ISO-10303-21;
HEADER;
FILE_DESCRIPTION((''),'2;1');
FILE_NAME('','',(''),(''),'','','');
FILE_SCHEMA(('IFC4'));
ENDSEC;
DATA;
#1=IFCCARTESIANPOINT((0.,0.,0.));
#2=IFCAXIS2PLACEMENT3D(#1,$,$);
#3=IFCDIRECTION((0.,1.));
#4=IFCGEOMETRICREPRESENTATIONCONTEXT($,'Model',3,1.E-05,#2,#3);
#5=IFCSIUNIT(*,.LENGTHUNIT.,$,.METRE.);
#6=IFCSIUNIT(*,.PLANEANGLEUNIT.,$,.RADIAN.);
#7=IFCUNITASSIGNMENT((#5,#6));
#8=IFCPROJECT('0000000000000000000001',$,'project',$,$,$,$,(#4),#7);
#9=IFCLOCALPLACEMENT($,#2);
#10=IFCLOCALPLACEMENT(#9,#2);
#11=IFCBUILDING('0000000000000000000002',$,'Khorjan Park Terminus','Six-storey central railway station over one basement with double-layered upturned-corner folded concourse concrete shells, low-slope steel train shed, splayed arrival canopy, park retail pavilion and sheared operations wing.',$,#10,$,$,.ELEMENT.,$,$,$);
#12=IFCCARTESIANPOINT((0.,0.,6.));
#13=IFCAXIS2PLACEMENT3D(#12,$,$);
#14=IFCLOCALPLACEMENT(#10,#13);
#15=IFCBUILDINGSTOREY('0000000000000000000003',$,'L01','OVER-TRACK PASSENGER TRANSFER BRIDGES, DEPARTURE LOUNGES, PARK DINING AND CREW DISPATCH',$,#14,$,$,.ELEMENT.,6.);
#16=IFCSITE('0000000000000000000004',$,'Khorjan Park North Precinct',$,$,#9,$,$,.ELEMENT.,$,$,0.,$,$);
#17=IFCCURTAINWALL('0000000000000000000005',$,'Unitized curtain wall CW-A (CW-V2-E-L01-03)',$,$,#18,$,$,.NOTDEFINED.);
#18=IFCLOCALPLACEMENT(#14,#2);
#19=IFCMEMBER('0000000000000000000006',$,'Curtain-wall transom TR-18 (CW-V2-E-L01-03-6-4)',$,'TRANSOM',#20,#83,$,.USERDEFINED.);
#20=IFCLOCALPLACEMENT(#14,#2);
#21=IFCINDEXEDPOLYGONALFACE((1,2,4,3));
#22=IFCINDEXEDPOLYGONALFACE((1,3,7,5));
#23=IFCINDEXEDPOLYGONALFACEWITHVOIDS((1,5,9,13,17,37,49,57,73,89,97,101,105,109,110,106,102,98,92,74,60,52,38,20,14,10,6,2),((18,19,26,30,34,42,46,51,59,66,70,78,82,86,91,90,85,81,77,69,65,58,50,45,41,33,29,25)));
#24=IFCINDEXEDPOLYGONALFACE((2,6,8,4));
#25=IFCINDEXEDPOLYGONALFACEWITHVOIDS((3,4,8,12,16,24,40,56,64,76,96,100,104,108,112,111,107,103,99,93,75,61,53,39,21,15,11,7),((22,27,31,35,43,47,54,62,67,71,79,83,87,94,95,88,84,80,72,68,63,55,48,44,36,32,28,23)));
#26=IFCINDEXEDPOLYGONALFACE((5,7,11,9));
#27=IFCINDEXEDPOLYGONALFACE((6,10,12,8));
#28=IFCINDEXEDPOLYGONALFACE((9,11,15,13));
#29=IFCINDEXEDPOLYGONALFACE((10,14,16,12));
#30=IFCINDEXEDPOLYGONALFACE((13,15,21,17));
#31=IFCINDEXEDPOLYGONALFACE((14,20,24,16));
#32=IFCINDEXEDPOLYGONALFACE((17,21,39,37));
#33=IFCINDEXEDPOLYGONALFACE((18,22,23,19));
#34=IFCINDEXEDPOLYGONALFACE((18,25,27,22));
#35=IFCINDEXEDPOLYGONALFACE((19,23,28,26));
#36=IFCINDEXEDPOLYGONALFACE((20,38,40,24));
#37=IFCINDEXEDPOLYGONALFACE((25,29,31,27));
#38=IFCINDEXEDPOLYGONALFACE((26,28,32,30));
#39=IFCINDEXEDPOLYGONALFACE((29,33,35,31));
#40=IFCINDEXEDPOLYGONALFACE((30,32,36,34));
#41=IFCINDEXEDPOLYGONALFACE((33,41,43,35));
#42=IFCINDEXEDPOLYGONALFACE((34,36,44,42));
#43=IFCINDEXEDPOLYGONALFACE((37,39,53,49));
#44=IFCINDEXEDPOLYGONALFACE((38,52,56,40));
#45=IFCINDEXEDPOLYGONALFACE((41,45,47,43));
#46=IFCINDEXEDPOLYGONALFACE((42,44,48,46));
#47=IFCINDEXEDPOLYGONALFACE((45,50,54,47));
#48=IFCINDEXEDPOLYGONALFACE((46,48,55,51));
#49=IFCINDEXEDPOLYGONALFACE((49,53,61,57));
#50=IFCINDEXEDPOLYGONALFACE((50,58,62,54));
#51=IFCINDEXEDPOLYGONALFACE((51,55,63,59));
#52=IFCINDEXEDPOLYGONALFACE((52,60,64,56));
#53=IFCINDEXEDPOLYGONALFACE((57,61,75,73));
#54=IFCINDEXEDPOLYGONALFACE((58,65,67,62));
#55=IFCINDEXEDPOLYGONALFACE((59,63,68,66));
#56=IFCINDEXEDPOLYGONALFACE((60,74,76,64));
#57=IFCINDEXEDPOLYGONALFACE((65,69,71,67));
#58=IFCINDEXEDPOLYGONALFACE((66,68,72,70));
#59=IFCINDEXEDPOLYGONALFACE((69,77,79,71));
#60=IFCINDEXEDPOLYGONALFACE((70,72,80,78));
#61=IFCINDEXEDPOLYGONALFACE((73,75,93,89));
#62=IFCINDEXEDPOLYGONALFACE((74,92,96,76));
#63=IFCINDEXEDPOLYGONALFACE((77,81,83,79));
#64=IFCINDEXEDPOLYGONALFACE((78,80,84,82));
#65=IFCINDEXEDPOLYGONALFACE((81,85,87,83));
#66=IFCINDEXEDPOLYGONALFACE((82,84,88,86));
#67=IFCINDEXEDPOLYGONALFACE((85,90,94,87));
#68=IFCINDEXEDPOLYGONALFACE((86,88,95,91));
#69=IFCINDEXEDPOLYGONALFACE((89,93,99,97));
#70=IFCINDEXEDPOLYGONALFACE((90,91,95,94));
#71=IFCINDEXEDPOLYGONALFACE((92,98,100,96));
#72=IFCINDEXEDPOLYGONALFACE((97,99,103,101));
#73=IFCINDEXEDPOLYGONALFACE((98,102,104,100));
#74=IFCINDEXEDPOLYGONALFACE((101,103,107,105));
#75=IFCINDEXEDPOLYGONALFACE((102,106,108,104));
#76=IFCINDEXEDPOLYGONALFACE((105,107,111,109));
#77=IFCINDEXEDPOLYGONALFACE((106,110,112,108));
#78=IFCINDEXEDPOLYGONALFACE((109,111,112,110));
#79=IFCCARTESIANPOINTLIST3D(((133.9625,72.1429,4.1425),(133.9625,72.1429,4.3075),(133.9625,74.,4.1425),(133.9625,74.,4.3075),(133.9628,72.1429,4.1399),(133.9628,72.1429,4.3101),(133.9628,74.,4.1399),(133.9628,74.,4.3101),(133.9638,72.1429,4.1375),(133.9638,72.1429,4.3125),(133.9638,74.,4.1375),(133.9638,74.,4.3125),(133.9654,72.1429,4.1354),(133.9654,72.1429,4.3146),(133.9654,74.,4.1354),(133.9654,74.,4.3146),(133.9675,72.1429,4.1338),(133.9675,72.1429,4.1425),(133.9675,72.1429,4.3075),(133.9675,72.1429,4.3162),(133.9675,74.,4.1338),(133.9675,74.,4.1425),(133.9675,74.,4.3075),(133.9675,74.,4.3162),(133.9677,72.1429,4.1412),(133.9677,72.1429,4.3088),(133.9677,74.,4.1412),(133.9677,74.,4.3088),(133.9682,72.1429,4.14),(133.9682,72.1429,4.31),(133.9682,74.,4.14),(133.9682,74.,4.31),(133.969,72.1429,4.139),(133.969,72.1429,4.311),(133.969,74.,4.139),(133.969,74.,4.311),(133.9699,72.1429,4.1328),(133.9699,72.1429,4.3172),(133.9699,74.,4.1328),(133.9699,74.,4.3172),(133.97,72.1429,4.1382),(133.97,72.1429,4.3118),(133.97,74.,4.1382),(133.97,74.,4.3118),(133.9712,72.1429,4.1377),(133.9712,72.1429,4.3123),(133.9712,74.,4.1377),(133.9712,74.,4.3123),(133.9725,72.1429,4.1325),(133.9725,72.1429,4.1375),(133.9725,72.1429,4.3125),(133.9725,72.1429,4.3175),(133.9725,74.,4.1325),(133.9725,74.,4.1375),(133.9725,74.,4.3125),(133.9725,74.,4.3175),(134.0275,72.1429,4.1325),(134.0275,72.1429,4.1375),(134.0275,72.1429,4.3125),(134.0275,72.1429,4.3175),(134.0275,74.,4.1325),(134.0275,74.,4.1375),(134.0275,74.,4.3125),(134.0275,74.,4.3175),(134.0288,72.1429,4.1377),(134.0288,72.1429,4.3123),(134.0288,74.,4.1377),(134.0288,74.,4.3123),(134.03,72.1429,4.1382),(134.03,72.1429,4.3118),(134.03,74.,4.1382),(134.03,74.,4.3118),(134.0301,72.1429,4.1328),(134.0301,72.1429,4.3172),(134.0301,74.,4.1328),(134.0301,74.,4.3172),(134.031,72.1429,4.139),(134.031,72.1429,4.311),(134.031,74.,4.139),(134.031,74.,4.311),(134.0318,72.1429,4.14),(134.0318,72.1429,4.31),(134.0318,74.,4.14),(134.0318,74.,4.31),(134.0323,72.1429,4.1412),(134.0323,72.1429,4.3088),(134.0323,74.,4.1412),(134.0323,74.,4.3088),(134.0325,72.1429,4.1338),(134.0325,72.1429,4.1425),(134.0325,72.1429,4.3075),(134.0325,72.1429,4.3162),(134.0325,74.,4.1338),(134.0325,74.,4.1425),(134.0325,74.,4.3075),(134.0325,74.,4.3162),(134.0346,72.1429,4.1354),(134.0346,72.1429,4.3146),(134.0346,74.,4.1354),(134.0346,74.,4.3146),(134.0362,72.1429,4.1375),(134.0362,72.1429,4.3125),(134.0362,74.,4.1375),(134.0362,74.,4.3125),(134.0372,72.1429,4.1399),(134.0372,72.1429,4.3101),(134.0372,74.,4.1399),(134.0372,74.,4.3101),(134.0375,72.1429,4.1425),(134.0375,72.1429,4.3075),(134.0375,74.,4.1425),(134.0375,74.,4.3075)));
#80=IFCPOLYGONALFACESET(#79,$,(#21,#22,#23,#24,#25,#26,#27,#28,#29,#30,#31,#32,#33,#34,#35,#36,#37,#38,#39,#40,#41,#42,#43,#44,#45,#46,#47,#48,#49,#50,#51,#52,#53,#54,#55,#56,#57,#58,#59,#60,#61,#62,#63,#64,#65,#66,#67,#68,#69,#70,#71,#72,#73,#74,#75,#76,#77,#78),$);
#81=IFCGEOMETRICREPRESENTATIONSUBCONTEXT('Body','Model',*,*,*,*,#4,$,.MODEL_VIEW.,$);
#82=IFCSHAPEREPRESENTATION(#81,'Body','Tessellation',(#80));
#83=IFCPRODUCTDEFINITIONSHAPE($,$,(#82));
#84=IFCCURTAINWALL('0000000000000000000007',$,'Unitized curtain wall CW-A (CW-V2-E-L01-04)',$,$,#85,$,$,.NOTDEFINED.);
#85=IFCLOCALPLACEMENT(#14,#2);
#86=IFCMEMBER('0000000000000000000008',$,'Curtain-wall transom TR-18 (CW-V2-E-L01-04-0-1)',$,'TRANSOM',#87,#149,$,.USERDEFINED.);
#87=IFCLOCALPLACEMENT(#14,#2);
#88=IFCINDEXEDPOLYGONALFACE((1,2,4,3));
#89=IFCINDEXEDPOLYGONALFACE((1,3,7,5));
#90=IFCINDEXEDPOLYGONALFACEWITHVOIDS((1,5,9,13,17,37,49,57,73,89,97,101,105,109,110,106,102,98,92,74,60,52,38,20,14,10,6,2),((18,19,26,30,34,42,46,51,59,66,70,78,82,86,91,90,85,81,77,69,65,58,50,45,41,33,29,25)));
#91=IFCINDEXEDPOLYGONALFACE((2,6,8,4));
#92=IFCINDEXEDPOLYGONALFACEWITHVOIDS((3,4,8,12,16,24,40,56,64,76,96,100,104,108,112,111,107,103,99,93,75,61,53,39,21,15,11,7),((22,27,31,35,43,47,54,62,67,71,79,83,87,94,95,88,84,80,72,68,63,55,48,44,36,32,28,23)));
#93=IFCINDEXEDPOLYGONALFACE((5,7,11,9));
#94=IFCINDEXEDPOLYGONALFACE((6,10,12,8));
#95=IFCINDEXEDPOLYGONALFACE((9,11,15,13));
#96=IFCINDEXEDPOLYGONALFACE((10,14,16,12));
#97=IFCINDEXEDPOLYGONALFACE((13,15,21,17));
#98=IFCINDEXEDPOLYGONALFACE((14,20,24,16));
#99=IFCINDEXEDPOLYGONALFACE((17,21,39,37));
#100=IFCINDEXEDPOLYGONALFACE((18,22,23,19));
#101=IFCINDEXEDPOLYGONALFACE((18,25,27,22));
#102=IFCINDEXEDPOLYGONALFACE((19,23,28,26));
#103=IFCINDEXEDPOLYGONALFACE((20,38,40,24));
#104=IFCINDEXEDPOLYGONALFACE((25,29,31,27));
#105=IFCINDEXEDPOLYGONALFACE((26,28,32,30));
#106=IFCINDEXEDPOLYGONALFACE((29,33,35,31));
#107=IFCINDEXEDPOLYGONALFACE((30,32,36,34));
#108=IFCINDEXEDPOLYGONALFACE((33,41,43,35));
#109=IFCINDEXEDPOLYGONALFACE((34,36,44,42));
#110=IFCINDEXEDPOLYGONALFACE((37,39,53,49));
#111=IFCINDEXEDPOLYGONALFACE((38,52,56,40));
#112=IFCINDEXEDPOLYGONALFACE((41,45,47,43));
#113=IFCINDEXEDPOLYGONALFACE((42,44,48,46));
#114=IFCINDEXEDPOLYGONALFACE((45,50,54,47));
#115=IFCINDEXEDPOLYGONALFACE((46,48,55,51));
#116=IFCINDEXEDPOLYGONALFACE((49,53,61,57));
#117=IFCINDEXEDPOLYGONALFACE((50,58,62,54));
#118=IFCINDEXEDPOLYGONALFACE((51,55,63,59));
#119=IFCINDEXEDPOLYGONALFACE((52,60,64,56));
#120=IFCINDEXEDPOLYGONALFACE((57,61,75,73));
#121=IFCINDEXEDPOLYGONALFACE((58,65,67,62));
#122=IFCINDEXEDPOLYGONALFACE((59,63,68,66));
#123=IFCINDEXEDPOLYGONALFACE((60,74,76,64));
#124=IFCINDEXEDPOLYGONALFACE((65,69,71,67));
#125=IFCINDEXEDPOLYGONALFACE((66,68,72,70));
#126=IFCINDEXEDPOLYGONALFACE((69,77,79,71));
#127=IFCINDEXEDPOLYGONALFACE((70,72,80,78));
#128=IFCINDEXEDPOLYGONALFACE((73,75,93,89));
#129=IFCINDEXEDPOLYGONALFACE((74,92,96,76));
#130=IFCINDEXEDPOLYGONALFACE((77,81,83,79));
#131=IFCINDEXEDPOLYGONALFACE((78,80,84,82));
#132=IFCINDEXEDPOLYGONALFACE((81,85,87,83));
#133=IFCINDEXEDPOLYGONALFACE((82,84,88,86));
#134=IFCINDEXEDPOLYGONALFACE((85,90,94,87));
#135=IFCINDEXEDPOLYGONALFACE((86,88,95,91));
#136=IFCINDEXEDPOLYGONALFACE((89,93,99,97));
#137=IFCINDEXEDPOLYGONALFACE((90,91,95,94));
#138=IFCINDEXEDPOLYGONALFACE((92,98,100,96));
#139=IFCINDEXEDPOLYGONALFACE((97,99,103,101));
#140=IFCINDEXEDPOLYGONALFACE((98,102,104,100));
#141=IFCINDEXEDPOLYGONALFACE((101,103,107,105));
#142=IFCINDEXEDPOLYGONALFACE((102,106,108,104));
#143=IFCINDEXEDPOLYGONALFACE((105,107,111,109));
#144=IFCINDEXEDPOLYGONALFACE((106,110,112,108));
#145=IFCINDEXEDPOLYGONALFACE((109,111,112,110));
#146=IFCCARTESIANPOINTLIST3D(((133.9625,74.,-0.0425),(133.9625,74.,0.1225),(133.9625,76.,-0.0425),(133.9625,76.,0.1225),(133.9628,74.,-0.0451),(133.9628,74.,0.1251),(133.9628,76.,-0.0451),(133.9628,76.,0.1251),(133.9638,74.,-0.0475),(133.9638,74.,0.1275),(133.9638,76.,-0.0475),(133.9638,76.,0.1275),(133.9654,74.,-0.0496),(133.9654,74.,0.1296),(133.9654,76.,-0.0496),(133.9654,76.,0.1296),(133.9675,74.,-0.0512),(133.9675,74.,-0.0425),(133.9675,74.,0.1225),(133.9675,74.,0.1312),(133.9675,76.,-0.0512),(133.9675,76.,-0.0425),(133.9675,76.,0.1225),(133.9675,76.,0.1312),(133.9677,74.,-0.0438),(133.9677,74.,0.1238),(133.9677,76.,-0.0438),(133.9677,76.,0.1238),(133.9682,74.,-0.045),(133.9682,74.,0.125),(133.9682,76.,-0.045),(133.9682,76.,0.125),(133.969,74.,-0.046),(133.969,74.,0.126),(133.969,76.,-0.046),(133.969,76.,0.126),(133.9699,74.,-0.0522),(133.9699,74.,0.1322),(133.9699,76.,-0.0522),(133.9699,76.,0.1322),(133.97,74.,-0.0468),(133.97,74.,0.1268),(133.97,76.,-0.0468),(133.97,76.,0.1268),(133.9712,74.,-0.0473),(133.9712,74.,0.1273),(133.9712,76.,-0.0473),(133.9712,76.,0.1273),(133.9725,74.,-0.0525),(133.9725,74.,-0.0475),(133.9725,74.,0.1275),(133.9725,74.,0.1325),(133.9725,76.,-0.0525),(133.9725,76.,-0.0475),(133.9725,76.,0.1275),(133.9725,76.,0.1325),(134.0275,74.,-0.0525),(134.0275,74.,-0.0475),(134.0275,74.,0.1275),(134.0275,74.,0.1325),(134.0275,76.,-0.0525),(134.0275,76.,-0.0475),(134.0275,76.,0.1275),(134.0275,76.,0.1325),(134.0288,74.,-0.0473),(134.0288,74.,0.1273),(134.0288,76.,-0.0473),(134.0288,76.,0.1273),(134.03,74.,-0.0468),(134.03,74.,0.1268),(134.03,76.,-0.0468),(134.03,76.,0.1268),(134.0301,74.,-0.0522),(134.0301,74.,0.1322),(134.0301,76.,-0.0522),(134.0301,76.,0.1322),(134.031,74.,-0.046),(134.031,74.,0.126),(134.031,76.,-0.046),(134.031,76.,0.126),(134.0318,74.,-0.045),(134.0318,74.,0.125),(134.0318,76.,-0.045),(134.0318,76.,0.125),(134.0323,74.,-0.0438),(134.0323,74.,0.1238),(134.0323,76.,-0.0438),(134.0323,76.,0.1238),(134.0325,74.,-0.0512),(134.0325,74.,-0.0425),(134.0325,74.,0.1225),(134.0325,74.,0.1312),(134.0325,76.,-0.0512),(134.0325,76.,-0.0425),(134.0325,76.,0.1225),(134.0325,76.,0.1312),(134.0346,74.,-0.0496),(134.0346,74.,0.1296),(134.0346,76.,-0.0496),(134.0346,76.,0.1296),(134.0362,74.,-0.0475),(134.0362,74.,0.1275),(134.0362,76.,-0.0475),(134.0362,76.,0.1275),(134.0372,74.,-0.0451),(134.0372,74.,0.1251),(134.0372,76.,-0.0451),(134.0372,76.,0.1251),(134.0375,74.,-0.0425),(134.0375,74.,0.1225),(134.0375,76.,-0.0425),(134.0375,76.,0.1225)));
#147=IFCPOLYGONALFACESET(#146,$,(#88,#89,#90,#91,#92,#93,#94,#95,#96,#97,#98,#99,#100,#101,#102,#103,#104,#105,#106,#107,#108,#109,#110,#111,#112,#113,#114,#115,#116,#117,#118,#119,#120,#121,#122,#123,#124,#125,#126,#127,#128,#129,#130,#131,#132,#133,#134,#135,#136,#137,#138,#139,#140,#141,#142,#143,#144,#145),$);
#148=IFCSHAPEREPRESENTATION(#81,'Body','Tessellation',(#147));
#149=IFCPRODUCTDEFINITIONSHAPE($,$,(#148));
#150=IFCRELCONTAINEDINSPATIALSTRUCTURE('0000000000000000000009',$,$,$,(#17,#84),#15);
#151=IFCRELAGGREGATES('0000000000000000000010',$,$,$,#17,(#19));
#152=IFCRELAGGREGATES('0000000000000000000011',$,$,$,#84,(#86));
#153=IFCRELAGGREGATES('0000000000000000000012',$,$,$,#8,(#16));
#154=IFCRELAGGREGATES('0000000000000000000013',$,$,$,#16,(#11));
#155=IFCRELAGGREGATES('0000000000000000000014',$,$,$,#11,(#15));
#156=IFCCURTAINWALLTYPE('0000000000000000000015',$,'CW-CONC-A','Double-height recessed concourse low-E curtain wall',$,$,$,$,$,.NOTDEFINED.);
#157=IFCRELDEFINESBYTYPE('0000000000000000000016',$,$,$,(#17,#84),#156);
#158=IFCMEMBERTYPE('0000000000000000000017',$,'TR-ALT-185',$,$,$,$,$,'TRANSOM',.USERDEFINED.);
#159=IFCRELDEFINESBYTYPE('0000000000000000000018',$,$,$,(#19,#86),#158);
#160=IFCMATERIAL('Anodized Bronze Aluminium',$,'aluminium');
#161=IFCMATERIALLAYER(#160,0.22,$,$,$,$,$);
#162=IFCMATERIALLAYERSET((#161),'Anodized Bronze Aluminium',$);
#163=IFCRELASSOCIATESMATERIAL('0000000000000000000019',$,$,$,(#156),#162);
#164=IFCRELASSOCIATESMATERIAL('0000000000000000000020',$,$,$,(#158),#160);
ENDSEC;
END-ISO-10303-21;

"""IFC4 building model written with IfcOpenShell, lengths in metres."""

from ifc_helpers import new_model, si_unit, direction, frame, origin, origin_2d, place, context, subcontext, project, spatial, hollow_rectangle, extrude, material, layer, layer_set, material_profile, profile_set, type_object, element, aggregate, save


model = new_model("IFC4")

# Units and contexts
model_context = context("Model", 3, precision=1e-05, world=origin(), true_north=direction((0.0, 1.0)))
body_context = subcontext(model_context, "Body", "Model", "MODEL_VIEW")
ifc_project = project(units=[si_unit("LENGTHUNIT", "METRE"), si_unit("PLANEANGLEUNIT", "RADIAN")], contexts=[model_context])

# Site, building, storey
site_placement = place(None, origin())
site = spatial("IfcSite", under=ifc_project, at=site_placement, Name="Khorjan Park North Precinct", CompositionType="ELEMENT", RefElevation=0.0)
building_placement = place(site_placement, origin())
building = spatial("IfcBuilding", under=site, at=building_placement, Name="Khorjan Park Terminus", Description="Six-storey central railway station over one basement with double-layered upturned-corner folded concourse concrete shells, low-slope steel train shed, splayed arrival canopy, park retail pavilion and sheared operations wing.", CompositionType="ELEMENT")
storey_placement = place(building_placement, frame((0.0, 0.0, 6.0)))
storey = spatial("IfcBuildingStorey", under=building, at=storey_placement, Name="L01", Description="OVER-TRACK PASSENGER TRANSFER BRIDGES, DEPARTURE LOUNGES, PARK DINING AND CREW DISPATCH", CompositionType="ELEMENT", Elevation=6.0)

# Shared definitions
ifc_material_1 = material(Name="Anodized Bronze Aluminium", Category="aluminium")

# Curtain wall
ifc_layer_1 = layer(ifc_material_1, 0.22)
ifc_layer_set_1 = layer_set([ifc_layer_1], Name="Anodized Bronze Aluminium")
curtain_wall_type_1 = type_object("IfcCurtainWallType", Name="CW-CONC-A", Description="Double-height recessed concourse low-E curtain wall", PredefinedType="NOTDEFINED", material=ifc_layer_set_1)
curtain_wall_1_placement = place(storey_placement, origin())
curtain_wall_1 = element("IfcCurtainWall", 1, at=curtain_wall_1_placement, inside=storey, type_object=curtain_wall_type_1, Name="Unitized curtain wall CW-A (CW-V2-E-L01-03)", PredefinedType="NOTDEFINED")

# Member
ifc_material_profile_1 = material_profile(ifc_material_1, hollow_rectangle(XDim=0.075, YDim=0.185, WallThickness=0.005, InnerFilletRadius=0.005, OuterFilletRadius=0.01, at=origin_2d()), Name="ALT 75x185x5")
ifc_profile_set_1 = profile_set([ifc_material_profile_1], Name="Anodized Bronze Aluminium")
member_type_1 = type_object("IfcMemberType", Name="TR-ALT-185", ElementType="TRANSOM", PredefinedType="USERDEFINED", material=ifc_profile_set_1)
member_1_placement = place(storey_placement, frame((134.0, 72.1429, 4.225), z_axis=(0.0, 1.0, 0.0), x_axis=(-1.0, 0.0, 0.0)))
member_1 = element("IfcMember", 2, at=member_1_placement, type_object=member_type_1, Name="Curtain-wall transom TR-18 (CW-V2-E-L01-03-6-4)", ObjectType="TRANSOM", PredefinedType="USERDEFINED", context=body_context, shape_type="SweptSolid", body=[
    extrude(hollow_rectangle(XDim=0.075, YDim=0.185, WallThickness=0.005, InnerFilletRadius=0.005, OuterFilletRadius=0.01, at=origin_2d()), origin(), (0.0, 0.0, 1.0), 1.8571),
])

# Curtain wall, member
curtain_wall_2_placement = place(storey_placement, origin())
curtain_wall_2 = element("IfcCurtainWall", 3, at=curtain_wall_2_placement, inside=storey, type_object=curtain_wall_type_1, Name="Unitized curtain wall CW-A (CW-V2-E-L01-04)", PredefinedType="NOTDEFINED")
member_2_placement = place(storey_placement, frame((134.0, 74.0, 0.04), z_axis=(0.0, 1.0, 0.0), x_axis=(-1.0, 0.0, 0.0)))
member_2 = element("IfcMember", 4, at=member_2_placement, type_object=member_type_1, Name="Curtain-wall transom TR-18 (CW-V2-E-L01-04-0-1)", ObjectType="TRANSOM", PredefinedType="USERDEFINED", context=body_context, shape_type="SweptSolid", body=[
    extrude(hollow_rectangle(XDim=0.075, YDim=0.185, WallThickness=0.005, InnerFilletRadius=0.005, OuterFilletRadius=0.01, at=origin_2d()), origin(), (0.0, 0.0, 1.0), 2.0),
])

aggregate(curtain_wall_1, [member_1])
aggregate(curtain_wall_2, [member_2])

save(model, "model.ifc")
